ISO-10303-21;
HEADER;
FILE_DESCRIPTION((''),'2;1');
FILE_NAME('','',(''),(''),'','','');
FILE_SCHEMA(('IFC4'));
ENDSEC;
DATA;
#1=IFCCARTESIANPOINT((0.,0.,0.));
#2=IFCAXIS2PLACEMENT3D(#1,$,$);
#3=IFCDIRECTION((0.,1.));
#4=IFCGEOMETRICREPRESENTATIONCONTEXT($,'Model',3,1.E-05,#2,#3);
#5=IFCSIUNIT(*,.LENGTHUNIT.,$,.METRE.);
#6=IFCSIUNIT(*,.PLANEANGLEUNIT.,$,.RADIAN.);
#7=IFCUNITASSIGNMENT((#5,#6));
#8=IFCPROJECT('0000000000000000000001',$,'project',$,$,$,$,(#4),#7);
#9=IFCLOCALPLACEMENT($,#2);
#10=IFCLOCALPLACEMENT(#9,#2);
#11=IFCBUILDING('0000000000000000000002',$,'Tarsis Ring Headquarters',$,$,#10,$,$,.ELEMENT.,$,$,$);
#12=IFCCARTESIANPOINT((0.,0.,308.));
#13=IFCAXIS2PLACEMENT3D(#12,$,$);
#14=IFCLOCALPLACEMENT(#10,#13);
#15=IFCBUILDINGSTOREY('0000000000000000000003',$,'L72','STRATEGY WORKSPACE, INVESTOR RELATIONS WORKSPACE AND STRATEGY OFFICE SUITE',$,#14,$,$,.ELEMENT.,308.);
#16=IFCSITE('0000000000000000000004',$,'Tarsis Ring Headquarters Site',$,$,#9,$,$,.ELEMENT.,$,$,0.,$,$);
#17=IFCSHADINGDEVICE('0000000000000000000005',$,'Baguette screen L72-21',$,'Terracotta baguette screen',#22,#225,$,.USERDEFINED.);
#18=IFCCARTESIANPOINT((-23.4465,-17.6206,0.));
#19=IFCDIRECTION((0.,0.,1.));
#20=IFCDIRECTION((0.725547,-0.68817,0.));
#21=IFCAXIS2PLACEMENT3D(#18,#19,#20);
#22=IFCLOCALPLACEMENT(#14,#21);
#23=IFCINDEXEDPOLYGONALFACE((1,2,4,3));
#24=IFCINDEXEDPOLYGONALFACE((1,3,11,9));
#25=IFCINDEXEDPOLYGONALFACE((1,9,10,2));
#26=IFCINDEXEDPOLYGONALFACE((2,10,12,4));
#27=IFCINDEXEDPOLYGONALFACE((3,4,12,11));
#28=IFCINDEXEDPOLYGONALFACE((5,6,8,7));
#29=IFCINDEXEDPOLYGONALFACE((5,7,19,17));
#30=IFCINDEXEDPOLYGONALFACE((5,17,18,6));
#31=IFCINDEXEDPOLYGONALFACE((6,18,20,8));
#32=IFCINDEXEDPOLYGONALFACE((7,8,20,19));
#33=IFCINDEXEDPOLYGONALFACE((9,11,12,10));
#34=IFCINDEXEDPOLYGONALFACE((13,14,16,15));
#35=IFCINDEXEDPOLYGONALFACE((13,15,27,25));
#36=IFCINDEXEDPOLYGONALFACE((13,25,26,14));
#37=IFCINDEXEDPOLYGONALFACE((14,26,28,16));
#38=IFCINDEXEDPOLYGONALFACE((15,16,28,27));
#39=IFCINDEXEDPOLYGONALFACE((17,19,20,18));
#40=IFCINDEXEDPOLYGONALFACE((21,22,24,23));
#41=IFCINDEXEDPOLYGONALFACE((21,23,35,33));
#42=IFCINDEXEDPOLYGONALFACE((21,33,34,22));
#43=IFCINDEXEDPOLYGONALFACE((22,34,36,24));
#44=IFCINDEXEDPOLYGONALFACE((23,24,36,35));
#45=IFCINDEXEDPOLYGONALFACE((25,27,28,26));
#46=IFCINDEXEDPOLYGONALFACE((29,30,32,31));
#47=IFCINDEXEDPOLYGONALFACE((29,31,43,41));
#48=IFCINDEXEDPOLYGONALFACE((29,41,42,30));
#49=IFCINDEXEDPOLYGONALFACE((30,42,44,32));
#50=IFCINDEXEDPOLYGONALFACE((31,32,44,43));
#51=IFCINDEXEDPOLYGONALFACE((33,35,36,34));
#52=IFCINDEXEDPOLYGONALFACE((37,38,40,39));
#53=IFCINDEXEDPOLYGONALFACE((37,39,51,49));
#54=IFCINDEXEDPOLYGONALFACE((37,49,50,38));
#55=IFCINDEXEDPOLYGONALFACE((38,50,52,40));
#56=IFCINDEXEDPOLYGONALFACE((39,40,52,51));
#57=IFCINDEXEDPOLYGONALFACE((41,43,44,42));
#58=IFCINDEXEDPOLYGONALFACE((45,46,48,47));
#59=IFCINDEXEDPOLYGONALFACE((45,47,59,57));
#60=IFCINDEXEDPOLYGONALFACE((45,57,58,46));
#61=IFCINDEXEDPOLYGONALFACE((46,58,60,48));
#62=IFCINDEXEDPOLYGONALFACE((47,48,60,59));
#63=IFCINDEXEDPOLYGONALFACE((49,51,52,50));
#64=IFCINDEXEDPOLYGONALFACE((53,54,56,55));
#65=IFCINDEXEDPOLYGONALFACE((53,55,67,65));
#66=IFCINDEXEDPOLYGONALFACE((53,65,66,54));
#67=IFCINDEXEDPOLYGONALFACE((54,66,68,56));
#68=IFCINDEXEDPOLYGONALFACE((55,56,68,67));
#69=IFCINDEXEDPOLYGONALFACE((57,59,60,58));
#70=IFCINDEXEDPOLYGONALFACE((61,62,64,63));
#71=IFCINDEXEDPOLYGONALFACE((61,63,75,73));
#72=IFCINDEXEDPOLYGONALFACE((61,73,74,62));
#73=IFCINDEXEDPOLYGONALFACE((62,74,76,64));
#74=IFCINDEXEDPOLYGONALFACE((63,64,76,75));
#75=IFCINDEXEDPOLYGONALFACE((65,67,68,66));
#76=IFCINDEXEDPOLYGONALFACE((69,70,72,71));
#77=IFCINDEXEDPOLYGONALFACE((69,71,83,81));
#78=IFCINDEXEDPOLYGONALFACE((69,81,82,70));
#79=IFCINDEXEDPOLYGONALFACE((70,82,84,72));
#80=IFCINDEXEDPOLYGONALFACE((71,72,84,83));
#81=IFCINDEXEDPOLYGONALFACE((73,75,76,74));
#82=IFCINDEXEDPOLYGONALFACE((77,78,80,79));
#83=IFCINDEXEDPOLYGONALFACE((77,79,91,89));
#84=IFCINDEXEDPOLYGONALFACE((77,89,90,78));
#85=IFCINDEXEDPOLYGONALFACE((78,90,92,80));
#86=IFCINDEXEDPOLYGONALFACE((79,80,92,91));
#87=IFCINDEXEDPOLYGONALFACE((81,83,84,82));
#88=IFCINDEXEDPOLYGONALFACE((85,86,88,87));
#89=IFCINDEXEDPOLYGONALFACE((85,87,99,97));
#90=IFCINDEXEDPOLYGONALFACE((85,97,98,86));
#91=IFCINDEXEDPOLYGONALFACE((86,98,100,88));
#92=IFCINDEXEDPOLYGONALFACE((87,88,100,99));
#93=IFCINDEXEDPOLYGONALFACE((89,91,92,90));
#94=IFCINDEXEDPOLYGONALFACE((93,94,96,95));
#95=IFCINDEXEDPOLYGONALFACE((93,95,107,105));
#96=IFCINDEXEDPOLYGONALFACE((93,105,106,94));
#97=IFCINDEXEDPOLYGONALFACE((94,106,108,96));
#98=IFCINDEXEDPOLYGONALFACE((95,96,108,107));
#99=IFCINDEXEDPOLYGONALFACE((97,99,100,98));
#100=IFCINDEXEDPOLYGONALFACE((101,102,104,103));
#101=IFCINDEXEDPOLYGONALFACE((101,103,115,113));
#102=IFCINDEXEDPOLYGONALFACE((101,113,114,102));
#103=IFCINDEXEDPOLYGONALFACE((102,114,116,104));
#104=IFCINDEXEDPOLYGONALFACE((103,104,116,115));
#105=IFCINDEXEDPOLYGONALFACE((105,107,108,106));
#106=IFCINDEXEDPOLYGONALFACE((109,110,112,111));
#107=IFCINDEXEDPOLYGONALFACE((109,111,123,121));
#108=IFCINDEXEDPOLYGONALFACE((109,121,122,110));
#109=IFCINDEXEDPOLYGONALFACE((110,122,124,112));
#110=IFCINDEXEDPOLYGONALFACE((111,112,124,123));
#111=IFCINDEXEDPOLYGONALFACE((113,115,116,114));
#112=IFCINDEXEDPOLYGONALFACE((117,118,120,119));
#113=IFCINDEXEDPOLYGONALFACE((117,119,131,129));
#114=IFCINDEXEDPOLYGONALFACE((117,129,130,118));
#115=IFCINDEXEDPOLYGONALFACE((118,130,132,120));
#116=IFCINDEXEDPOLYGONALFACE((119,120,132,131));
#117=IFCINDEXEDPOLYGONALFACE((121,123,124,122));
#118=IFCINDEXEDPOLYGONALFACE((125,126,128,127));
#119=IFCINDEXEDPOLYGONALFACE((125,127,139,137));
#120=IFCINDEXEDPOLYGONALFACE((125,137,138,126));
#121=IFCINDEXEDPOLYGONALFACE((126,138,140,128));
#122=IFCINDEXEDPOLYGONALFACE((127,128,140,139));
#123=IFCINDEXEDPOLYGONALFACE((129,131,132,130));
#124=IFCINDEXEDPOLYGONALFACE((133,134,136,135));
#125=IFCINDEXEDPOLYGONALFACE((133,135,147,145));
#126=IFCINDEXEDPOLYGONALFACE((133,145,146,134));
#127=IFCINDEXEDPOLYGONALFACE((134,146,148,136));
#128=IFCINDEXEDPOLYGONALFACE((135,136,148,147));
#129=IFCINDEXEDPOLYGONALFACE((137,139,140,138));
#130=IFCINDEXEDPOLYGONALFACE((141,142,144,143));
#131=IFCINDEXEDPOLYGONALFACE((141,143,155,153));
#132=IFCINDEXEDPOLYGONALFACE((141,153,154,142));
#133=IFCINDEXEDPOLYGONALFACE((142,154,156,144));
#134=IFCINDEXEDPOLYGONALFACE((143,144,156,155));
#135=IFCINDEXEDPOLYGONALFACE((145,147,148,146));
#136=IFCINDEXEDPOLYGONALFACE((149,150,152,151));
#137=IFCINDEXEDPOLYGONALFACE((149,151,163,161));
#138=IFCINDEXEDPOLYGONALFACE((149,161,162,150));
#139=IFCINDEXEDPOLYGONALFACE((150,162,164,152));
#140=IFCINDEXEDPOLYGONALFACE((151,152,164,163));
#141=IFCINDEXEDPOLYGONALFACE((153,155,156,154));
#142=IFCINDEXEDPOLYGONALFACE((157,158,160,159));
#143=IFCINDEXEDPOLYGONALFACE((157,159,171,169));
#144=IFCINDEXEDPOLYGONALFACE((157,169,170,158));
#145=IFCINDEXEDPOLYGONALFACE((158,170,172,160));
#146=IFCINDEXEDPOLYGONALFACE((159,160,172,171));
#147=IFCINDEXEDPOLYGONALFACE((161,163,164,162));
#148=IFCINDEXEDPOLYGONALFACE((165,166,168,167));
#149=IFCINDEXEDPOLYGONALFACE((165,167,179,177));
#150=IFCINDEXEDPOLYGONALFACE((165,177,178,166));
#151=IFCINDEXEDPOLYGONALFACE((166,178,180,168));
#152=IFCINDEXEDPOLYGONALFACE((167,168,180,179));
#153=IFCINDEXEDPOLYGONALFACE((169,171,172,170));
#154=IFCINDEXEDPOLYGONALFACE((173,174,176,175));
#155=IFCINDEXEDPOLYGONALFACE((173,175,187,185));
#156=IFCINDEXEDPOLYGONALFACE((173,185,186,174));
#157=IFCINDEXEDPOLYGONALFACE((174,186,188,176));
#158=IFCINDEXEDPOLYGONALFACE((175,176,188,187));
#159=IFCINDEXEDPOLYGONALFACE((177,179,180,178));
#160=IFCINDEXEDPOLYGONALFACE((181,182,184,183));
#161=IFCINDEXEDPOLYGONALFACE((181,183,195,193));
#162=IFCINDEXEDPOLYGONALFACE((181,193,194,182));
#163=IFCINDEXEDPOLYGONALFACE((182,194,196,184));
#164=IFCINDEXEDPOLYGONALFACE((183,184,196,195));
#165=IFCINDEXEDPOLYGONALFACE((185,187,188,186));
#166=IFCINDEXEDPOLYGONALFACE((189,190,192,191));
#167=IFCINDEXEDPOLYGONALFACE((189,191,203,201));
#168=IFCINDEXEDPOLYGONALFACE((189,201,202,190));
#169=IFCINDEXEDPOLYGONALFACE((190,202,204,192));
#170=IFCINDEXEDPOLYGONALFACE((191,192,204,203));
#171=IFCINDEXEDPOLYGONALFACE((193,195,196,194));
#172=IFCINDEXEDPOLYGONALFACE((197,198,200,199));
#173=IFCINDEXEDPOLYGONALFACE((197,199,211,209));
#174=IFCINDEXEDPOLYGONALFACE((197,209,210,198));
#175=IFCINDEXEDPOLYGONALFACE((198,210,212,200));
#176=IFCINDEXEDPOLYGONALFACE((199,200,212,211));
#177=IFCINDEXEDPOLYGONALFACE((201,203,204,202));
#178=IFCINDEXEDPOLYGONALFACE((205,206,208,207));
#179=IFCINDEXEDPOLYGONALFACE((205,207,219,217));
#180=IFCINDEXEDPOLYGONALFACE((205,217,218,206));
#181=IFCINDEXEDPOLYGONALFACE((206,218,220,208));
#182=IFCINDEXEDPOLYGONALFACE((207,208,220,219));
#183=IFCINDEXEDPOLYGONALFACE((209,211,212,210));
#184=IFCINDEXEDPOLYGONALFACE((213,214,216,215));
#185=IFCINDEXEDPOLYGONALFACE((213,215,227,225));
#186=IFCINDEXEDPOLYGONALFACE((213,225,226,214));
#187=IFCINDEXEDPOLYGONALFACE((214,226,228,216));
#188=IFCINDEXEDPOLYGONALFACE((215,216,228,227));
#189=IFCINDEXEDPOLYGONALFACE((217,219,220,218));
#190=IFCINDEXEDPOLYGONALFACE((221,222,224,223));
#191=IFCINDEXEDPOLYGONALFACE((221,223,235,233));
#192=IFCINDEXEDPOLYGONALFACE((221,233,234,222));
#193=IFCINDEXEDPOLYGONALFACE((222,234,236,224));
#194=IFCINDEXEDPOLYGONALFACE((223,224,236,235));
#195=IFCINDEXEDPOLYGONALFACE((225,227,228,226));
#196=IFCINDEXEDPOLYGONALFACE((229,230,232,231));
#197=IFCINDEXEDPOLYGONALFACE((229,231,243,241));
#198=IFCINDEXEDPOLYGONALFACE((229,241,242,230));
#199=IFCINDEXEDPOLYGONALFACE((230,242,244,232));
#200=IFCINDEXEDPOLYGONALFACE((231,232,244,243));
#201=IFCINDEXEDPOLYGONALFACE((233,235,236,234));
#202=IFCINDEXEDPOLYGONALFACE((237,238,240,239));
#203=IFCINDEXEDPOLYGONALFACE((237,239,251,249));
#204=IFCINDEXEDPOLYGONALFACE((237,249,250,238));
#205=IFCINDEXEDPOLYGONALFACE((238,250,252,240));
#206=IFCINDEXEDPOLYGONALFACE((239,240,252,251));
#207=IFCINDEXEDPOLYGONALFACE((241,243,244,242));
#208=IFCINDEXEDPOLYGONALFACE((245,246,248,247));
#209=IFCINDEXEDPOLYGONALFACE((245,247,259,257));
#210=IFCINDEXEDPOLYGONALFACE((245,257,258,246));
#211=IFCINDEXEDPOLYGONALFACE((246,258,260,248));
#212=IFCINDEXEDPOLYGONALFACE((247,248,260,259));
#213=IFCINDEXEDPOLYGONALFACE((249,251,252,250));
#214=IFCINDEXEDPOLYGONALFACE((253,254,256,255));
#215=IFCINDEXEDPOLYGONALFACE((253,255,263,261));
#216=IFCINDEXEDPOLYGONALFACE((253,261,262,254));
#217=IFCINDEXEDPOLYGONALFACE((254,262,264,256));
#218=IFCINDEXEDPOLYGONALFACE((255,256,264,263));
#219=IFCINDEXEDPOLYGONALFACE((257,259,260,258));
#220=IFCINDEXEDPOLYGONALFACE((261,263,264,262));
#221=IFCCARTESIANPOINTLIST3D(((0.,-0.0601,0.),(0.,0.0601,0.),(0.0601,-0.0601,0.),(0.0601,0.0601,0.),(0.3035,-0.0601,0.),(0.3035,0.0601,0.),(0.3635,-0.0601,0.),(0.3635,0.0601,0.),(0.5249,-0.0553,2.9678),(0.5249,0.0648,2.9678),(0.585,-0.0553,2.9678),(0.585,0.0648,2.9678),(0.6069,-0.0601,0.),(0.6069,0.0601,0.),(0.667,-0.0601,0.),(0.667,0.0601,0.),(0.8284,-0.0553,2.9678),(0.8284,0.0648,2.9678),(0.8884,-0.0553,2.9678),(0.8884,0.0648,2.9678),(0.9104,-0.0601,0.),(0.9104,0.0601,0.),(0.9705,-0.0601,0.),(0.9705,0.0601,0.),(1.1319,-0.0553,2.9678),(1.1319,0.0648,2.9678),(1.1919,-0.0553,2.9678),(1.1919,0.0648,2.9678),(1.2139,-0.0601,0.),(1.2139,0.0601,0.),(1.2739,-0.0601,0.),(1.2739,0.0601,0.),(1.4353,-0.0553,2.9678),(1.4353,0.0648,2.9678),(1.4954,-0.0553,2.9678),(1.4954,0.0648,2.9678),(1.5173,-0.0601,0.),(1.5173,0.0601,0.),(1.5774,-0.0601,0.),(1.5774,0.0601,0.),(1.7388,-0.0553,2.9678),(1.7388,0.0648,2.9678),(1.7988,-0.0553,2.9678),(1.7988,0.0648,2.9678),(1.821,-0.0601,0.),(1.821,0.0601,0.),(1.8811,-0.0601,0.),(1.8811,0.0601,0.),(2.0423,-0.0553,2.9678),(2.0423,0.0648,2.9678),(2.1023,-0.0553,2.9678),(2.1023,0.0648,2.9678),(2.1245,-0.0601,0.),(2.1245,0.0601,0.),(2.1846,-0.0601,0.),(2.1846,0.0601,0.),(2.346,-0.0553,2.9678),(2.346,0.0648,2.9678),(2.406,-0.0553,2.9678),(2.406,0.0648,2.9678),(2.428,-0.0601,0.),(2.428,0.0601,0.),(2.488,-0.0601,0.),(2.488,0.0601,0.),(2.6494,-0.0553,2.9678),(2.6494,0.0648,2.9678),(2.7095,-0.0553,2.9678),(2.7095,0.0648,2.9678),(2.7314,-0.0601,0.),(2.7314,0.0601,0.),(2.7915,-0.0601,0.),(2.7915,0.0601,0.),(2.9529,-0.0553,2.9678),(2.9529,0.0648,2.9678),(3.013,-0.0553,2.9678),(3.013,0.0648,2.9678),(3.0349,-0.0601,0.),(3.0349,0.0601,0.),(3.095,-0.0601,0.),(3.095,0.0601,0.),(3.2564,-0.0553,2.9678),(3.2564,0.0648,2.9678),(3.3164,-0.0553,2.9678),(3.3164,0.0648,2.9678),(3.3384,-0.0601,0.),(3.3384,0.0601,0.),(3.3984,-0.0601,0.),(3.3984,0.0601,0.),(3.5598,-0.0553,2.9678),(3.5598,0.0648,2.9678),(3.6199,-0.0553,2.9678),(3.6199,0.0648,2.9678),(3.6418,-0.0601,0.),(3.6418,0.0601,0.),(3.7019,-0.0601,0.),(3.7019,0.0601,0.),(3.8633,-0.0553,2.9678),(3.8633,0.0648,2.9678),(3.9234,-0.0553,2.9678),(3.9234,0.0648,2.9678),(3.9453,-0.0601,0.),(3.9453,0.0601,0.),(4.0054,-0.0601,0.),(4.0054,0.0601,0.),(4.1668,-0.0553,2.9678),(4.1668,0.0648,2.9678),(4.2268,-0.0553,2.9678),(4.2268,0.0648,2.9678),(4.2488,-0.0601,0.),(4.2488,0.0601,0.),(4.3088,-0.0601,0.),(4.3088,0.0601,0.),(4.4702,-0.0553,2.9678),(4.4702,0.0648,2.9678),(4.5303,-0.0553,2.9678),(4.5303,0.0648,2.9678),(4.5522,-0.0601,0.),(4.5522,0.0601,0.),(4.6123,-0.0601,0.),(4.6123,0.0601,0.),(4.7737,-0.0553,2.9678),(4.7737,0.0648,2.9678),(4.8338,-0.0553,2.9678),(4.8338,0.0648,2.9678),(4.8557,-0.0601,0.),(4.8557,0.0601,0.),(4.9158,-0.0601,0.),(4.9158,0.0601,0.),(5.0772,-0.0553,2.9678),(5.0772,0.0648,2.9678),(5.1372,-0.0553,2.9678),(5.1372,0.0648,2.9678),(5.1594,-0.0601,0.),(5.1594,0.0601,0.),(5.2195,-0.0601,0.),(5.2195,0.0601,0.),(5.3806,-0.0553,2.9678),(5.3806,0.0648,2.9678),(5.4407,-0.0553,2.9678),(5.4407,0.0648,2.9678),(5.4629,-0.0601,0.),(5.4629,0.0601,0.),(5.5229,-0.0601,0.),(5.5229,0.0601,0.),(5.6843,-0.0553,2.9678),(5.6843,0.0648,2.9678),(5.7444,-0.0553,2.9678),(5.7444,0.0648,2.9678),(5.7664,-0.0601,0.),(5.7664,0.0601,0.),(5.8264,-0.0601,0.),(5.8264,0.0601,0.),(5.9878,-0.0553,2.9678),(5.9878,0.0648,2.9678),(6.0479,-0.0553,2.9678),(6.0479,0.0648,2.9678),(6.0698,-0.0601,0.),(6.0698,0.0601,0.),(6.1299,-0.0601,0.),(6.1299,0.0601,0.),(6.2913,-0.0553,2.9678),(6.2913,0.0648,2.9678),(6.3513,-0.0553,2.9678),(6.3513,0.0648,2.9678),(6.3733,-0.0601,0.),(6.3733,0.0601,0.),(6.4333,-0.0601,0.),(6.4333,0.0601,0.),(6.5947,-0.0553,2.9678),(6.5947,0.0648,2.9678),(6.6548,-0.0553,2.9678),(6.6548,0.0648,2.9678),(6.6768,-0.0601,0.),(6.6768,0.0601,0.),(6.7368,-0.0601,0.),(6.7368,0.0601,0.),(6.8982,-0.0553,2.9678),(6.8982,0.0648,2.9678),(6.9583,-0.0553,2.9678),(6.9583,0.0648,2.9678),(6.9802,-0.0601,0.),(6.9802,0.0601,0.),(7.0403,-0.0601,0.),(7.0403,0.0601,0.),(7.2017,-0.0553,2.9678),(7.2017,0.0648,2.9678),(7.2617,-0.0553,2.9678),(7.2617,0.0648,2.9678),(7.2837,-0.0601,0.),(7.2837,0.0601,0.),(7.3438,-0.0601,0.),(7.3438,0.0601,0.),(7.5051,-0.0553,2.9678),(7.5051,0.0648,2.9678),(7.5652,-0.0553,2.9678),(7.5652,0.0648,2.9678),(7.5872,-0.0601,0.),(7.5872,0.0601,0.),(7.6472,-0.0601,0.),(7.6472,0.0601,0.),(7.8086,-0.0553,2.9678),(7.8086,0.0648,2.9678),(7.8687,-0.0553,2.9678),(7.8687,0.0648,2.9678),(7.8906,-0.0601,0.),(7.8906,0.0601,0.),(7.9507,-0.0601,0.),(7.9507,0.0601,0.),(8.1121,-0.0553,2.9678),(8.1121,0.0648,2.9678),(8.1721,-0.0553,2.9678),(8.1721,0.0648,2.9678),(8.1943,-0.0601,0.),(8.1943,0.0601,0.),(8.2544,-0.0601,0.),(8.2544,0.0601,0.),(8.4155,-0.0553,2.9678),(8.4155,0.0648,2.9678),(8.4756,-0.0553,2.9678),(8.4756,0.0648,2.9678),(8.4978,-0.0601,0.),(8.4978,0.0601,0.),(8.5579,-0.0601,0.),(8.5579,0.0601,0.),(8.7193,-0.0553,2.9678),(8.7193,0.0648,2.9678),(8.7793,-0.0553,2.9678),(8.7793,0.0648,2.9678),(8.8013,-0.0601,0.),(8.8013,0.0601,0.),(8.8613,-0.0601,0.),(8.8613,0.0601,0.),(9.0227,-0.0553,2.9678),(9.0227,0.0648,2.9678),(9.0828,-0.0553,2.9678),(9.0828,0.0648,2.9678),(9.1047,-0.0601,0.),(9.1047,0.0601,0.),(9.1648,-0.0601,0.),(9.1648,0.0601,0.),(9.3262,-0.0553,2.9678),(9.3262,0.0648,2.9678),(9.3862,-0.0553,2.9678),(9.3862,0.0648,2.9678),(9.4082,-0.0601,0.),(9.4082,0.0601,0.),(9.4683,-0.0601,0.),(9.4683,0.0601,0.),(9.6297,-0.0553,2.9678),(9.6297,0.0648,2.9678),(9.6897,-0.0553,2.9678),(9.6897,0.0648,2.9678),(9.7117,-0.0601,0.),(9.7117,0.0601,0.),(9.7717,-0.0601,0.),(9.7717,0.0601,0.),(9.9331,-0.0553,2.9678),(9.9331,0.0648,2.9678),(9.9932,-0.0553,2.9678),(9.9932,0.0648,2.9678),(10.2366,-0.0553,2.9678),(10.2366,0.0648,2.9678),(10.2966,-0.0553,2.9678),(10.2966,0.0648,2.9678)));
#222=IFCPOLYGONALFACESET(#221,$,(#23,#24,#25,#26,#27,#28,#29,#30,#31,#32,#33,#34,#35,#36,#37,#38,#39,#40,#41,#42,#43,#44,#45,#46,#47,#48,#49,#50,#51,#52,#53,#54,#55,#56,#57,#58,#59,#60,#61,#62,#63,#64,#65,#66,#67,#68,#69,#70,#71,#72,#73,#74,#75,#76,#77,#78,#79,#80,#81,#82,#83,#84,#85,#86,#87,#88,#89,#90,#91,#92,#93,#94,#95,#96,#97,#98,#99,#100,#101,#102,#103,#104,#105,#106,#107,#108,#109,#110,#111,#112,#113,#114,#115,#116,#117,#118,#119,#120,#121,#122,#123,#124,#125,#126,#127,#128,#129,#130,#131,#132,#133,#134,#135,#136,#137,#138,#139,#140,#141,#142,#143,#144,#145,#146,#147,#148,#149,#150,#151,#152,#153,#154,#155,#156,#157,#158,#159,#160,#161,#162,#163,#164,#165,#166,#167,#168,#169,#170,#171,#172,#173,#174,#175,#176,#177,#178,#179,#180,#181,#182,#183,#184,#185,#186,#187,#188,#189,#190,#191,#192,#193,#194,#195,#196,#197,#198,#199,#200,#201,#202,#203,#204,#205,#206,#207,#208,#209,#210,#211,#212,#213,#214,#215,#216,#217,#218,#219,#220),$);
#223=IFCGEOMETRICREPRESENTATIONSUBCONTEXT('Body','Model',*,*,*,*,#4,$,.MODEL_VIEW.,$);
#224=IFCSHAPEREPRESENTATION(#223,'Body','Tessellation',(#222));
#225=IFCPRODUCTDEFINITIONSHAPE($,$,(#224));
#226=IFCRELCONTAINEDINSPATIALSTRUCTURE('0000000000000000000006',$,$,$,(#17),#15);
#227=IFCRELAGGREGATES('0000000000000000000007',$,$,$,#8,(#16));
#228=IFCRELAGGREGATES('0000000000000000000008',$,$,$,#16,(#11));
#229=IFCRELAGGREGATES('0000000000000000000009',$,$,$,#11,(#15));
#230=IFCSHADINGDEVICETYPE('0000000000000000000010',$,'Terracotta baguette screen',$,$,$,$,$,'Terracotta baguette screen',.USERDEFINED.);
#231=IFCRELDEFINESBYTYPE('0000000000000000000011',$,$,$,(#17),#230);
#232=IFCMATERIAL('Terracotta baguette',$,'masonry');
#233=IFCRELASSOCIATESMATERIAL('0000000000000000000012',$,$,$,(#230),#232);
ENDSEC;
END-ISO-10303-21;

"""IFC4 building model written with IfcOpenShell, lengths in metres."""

from ifc_helpers import new_model, si_unit, direction, frame, frame_2d, origin, place, context, subcontext, project, spatial, rectangle, composite_profile, extrude, material, type_object, element, save


model = new_model("IFC4")

# Units and contexts
model_context = context("Model", 3, precision=1e-05, world=origin(), true_north=direction((0.0, 1.0)))
body_context = subcontext(model_context, "Body", "Model", "MODEL_VIEW")
ifc_project = project(units=[si_unit("LENGTHUNIT", "METRE"), si_unit("PLANEANGLEUNIT", "RADIAN")], contexts=[model_context])

# Site, building, storey
site_placement = place(None, origin())
site = spatial("IfcSite", under=ifc_project, at=site_placement, Name="Tarsis Ring Headquarters Site", CompositionType="ELEMENT", RefElevation=0.0)
building_placement = place(site_placement, origin())
building = spatial("IfcBuilding", under=site, at=building_placement, Name="Tarsis Ring Headquarters", CompositionType="ELEMENT")
storey_placement = place(building_placement, frame((0.0, 0.0, 308.0)))
storey = spatial("IfcBuildingStorey", under=building, at=storey_placement, Name="L72", Description="STRATEGY WORKSPACE, INVESTOR RELATIONS WORKSPACE AND STRATEGY OFFICE SUITE", CompositionType="ELEMENT", Elevation=308.0)

# Shading device
ifc_material_1 = material(Name="Terracotta baguette", Category="masonry")
shading_device_type = type_object("IfcShadingDeviceType", Name="Terracotta baguette screen", ElementType="Terracotta baguette screen", PredefinedType="USERDEFINED", material=ifc_material_1)
shading_device_1_placement = place(storey_placement, frame((-23.4465, -17.6206, 0.0), z_axis=(0.0, 0.0, 1.0), x_axis=(0.725547, -0.68817, 0.0)))
element("IfcShadingDevice", 1, at=shading_device_1_placement, inside=storey, type_object=shading_device_type, Name="Baguette screen L72-21", ObjectType="Terracotta baguette screen", PredefinedType="USERDEFINED", context=body_context, shape_type="SweptSolid", body=[
    extrude(composite_profile([rectangle(XDim=0.0601, YDim=0.1201, at=frame_2d((0.03, 0.0))), rectangle(XDim=0.0601, YDim=0.1201, at=frame_2d((0.3335, 0.0))), rectangle(XDim=0.0601, YDim=0.1201, at=frame_2d((0.637, 0.0))), rectangle(XDim=0.0601, YDim=0.1201, at=frame_2d((0.9404, 0.0))), rectangle(XDim=0.0601, YDim=0.1201, at=frame_2d((1.2439, 0.0))), rectangle(XDim=0.0601, YDim=0.1201, at=frame_2d((1.5474, 0.0))), rectangle(XDim=0.0601, YDim=0.1201, at=frame_2d((1.8511, 0.0))), rectangle(XDim=0.0601, YDim=0.1201, at=frame_2d((2.1545, 0.0))), rectangle(XDim=0.0601, YDim=0.1201, at=frame_2d((2.458, 0.0))), rectangle(XDim=0.0601, YDim=0.1201, at=frame_2d((2.7615, 0.0))), rectangle(XDim=0.0601, YDim=0.1201, at=frame_2d((3.0649, 0.0))), rectangle(XDim=0.0601, YDim=0.1201, at=frame_2d((3.3684, 0.0))), rectangle(XDim=0.0601, YDim=0.1201, at=frame_2d((3.6719, 0.0))), rectangle(XDim=0.0601, YDim=0.1201, at=frame_2d((3.9753, 0.0))), rectangle(XDim=0.0601, YDim=0.1201, at=frame_2d((4.2788, 0.0))), rectangle(XDim=0.0601, YDim=0.1201, at=frame_2d((4.5823, 0.0))), rectangle(XDim=0.0601, YDim=0.1201, at=frame_2d((4.8857, 0.0))), rectangle(XDim=0.0601, YDim=0.1201, at=frame_2d((5.1895, 0.0))), rectangle(XDim=0.0601, YDim=0.1201, at=frame_2d((5.4929, 0.0))), rectangle(XDim=0.0601, YDim=0.1201, at=frame_2d((5.7964, 0.0))), rectangle(XDim=0.0601, YDim=0.1201, at=frame_2d((6.0999, 0.0))), rectangle(XDim=0.0601, YDim=0.1201, at=frame_2d((6.4033, 0.0))), rectangle(XDim=0.0601, YDim=0.1201, at=frame_2d((6.7068, 0.0))), rectangle(XDim=0.0601, YDim=0.1201, at=frame_2d((7.0103, 0.0))), rectangle(XDim=0.0601, YDim=0.1201, at=frame_2d((7.3137, 0.0))), rectangle(XDim=0.0601, YDim=0.1201, at=frame_2d((7.6172, 0.0))), rectangle(XDim=0.0601, YDim=0.1201, at=frame_2d((7.9207, 0.0))), rectangle(XDim=0.0601, YDim=0.1201, at=frame_2d((8.2244, 0.0))), rectangle(XDim=0.0601, YDim=0.1201, at=frame_2d((8.5278, 0.0))), rectangle(XDim=0.0601, YDim=0.1201, at=frame_2d((8.8313, 0.0))), rectangle(XDim=0.0601, YDim=0.1201, at=frame_2d((9.1348, 0.0))), rectangle(XDim=0.0601, YDim=0.1201, at=frame_2d((9.4382, 0.0))), rectangle(XDim=0.0601, YDim=0.1201, at=frame_2d((9.7417, 0.0)))]), origin(), (0.174165, 0.001582, 0.984715), 3.0139),
])

save(model, "model.ifc")
